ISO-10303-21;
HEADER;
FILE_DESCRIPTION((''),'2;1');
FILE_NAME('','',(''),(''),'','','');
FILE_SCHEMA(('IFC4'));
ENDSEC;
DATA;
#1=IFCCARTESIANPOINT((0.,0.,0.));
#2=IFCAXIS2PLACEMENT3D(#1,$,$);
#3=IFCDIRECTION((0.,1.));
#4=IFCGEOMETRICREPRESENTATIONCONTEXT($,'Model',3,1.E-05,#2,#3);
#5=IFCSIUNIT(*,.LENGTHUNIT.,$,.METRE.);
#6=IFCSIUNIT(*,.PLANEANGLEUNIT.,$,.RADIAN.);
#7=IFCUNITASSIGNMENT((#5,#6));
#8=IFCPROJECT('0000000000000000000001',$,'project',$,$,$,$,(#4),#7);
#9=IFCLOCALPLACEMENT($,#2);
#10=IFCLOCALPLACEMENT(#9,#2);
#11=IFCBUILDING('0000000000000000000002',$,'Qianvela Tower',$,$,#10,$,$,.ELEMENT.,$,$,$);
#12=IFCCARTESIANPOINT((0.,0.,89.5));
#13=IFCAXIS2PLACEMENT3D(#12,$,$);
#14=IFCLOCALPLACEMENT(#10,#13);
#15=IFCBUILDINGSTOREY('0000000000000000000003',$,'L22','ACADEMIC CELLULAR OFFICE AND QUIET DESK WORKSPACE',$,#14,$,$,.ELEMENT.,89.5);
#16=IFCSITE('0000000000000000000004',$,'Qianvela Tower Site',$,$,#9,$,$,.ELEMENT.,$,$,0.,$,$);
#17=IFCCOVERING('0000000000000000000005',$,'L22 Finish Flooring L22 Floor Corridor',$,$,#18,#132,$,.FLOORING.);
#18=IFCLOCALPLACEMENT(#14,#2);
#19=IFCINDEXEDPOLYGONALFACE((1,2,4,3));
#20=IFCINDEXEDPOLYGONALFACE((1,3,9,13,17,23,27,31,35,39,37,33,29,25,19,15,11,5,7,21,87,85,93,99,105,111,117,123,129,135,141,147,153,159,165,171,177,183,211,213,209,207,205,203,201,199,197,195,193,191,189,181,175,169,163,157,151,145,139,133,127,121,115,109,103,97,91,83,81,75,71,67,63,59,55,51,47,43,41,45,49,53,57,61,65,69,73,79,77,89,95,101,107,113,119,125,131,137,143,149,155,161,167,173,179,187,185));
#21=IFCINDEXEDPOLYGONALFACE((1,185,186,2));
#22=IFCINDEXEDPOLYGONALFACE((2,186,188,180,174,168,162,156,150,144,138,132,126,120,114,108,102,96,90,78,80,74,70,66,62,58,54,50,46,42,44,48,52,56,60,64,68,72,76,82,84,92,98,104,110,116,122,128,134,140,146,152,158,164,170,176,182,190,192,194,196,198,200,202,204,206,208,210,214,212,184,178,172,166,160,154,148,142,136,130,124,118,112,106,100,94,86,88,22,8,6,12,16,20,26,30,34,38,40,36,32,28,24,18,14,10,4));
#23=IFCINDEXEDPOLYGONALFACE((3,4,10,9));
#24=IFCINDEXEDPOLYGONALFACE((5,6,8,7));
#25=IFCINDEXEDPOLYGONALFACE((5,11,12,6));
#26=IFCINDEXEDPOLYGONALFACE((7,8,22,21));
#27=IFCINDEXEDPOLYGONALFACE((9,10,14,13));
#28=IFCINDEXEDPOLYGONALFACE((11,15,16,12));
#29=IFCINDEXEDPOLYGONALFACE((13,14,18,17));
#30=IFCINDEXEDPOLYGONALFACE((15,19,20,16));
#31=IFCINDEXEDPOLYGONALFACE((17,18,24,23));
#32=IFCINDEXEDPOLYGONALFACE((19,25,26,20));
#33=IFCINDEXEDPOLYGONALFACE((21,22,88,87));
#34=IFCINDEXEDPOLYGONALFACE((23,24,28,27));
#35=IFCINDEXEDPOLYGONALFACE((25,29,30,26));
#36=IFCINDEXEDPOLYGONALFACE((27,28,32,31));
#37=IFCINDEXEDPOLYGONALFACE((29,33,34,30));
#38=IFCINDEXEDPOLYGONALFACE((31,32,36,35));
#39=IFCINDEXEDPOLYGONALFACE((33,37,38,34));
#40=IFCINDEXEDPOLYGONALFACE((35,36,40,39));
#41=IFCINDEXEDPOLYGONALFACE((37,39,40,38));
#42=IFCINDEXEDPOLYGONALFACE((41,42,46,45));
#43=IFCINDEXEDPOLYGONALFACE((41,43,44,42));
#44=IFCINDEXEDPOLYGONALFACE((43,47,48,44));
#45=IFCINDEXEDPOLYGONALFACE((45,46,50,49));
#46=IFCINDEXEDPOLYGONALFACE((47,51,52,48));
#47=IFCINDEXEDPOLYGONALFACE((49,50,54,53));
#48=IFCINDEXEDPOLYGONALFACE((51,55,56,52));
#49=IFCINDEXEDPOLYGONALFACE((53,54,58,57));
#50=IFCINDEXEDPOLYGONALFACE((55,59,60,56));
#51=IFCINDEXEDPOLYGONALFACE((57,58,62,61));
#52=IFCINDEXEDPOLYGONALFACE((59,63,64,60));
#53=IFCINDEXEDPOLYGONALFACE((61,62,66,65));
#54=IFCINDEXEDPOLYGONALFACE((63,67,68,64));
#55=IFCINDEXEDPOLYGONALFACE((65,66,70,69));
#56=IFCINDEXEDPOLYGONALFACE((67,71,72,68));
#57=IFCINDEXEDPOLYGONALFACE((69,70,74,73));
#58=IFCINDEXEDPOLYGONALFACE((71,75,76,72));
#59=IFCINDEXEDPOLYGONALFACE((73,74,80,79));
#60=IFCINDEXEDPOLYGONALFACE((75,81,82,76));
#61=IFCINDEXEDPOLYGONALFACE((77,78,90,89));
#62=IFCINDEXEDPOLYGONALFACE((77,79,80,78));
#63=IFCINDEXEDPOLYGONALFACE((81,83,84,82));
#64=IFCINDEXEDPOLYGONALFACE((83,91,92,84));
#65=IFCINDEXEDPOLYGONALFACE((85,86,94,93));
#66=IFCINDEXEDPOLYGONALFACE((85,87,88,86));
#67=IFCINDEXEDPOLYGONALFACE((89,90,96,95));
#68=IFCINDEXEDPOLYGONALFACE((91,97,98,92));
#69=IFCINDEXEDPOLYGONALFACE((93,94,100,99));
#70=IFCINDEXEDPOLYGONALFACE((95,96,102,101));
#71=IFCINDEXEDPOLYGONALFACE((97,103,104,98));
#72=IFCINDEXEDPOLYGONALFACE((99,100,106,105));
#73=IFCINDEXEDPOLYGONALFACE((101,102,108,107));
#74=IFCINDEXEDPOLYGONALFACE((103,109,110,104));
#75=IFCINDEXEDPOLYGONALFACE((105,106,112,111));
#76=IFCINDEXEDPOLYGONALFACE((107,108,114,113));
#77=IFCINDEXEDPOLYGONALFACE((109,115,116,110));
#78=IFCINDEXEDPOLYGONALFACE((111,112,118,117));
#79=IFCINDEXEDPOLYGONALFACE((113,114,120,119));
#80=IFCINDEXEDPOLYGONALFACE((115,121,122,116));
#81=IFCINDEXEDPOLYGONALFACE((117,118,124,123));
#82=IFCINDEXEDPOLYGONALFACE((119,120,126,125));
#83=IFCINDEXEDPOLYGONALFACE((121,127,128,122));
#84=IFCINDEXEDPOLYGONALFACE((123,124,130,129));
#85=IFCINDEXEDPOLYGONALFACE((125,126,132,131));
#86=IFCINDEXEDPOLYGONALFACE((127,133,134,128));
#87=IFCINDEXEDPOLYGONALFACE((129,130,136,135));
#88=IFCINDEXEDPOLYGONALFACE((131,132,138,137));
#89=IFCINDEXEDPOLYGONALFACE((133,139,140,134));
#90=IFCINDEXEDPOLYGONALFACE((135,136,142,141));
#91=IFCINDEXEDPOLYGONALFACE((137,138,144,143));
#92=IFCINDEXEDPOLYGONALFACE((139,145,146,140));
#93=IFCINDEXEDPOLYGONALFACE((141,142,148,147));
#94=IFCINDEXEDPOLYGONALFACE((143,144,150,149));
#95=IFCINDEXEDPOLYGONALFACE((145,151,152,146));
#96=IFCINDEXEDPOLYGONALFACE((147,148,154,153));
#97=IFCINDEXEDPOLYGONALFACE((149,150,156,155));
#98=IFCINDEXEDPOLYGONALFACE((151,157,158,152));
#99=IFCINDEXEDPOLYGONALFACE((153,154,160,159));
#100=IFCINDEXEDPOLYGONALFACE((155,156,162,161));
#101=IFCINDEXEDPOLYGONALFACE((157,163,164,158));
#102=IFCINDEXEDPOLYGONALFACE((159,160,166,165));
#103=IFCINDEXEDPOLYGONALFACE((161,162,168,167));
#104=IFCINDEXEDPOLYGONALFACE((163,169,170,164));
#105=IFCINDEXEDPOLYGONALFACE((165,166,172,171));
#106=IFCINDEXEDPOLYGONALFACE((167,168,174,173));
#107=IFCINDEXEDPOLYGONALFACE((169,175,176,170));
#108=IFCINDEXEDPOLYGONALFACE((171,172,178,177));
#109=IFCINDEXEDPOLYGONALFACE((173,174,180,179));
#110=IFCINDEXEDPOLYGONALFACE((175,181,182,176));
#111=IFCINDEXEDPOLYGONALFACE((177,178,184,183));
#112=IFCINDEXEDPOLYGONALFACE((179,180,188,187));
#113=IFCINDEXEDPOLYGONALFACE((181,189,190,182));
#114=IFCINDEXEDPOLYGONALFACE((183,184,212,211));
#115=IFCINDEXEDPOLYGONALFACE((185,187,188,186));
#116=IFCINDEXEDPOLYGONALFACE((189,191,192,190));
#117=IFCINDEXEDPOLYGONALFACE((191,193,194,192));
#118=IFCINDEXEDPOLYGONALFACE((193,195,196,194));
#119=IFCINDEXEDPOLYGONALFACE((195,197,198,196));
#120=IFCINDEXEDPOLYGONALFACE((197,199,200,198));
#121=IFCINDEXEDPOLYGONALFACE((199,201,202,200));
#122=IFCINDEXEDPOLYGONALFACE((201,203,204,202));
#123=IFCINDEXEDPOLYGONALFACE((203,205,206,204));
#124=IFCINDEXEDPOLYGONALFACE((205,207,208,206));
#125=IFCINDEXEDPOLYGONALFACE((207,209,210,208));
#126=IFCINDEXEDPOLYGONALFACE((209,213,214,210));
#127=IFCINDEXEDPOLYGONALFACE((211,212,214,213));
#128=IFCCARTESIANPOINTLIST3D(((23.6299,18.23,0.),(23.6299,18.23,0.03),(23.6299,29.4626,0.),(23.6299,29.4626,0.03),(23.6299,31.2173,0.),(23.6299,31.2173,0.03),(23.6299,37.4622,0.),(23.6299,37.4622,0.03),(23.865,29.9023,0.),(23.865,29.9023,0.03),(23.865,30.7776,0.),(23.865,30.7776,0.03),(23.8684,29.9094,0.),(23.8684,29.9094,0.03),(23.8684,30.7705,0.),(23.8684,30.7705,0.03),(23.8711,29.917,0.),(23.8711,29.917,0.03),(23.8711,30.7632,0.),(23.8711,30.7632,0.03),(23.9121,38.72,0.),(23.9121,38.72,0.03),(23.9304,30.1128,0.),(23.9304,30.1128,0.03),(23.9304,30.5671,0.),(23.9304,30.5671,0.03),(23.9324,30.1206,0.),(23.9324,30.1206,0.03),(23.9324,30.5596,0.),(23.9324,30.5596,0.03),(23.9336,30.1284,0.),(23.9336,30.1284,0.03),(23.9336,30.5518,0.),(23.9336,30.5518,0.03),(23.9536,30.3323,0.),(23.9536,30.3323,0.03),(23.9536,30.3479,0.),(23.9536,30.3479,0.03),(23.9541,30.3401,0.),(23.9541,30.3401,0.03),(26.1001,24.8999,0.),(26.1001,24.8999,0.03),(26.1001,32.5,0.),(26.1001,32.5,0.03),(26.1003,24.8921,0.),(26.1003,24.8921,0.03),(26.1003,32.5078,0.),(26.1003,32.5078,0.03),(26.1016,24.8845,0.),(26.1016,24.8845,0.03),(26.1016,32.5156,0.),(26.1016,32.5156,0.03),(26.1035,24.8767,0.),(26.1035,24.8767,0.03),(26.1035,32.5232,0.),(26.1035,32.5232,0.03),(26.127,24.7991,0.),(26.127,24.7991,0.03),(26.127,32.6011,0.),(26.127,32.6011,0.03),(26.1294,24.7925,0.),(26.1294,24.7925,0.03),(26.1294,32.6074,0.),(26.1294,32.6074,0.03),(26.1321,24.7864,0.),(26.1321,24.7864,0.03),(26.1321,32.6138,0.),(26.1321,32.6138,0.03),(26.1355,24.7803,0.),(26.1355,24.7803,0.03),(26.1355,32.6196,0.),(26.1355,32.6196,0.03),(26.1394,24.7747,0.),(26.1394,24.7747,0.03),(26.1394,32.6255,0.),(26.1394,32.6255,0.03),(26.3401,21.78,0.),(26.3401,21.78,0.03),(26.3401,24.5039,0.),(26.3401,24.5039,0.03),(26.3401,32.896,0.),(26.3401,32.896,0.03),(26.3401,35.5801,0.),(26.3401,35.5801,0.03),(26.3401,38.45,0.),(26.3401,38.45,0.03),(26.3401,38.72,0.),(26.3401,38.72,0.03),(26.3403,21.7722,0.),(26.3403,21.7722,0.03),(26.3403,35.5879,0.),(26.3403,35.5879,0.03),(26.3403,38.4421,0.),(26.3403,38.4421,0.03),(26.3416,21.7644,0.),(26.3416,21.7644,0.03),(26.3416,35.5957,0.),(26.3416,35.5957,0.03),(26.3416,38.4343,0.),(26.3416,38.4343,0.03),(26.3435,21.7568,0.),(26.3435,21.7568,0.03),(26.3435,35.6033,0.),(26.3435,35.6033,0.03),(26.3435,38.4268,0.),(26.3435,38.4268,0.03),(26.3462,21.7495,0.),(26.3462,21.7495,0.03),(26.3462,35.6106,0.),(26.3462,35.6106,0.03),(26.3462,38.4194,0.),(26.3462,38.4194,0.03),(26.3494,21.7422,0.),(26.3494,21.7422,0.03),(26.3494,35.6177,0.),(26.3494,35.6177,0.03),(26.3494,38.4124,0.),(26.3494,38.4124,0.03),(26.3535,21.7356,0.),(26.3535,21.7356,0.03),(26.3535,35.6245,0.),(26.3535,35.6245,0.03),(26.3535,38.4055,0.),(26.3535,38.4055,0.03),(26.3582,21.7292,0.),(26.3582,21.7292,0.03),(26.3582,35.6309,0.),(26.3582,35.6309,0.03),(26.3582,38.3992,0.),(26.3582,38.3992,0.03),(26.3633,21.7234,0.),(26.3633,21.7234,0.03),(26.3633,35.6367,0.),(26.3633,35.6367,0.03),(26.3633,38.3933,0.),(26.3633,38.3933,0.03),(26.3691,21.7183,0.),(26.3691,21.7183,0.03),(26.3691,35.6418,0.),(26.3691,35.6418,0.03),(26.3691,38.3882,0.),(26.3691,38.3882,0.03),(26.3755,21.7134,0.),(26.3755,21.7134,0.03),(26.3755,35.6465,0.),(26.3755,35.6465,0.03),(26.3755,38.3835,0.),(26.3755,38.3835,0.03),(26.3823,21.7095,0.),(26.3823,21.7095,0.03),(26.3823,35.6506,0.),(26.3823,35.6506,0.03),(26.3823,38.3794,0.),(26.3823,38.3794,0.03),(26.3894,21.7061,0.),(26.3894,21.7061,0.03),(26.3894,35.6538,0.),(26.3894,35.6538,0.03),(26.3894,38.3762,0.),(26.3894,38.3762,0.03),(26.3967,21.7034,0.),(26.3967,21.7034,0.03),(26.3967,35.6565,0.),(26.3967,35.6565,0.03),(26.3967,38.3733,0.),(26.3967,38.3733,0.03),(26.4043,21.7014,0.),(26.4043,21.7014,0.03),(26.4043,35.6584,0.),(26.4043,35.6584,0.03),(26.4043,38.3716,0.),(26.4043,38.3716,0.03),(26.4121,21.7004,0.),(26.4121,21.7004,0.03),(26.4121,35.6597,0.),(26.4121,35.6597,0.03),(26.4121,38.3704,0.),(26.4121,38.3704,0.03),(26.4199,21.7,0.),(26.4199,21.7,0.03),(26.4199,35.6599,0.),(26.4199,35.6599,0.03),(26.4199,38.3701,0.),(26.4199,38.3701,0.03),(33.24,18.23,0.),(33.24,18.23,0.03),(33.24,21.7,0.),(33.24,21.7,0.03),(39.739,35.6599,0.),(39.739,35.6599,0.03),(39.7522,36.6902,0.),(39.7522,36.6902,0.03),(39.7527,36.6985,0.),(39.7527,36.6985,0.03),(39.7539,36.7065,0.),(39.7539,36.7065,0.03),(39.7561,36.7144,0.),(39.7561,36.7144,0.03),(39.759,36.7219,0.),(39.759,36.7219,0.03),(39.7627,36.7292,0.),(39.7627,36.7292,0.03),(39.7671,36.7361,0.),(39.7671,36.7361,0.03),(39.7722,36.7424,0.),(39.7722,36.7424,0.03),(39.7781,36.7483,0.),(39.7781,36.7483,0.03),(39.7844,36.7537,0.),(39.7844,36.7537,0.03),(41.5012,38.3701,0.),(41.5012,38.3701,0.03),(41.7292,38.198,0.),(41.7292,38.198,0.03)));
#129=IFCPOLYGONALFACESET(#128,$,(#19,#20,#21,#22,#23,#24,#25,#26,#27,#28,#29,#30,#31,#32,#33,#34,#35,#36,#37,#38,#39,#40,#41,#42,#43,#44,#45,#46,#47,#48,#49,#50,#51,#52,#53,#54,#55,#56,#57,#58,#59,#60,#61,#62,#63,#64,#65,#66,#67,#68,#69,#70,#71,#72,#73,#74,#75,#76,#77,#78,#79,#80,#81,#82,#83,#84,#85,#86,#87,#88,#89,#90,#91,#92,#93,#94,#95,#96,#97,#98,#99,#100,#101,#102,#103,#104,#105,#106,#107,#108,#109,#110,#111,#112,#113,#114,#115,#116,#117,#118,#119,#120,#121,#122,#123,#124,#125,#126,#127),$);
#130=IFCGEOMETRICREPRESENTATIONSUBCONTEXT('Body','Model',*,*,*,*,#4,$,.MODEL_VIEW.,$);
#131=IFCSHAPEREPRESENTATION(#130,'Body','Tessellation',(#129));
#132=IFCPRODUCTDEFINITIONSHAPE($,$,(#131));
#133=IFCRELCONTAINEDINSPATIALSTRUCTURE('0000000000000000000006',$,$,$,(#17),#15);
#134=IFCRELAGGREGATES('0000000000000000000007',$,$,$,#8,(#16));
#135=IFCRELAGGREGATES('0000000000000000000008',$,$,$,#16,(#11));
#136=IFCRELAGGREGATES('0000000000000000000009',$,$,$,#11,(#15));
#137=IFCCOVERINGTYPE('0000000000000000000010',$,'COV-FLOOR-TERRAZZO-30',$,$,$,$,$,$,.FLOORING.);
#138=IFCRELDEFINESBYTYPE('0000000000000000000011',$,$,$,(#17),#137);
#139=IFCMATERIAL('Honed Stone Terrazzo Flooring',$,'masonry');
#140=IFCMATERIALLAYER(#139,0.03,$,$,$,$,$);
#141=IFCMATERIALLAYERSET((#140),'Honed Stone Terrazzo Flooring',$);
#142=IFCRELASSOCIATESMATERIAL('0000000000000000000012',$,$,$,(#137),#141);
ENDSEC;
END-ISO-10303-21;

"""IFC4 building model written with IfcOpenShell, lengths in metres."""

from ifc_helpers import new_model, si_unit, direction, frame, origin, place, context, subcontext, project, spatial, polyline, outline, extrude, material, layer, layer_set, type_object, element, save


model = new_model("IFC4")

# Units and contexts
model_context = context("Model", 3, precision=1e-05, world=origin(), true_north=direction((0.0, 1.0)))
body_context = subcontext(model_context, "Body", "Model", "MODEL_VIEW")
ifc_project = project(units=[si_unit("LENGTHUNIT", "METRE"), si_unit("PLANEANGLEUNIT", "RADIAN")], contexts=[model_context])

# Site, building, storey
site_placement = place(None, origin())
site = spatial("IfcSite", under=ifc_project, at=site_placement, Name="Qianvela Tower Site", CompositionType="ELEMENT", RefElevation=0.0)
building_placement = place(site_placement, origin())
building = spatial("IfcBuilding", under=site, at=building_placement, Name="Qianvela Tower", CompositionType="ELEMENT")
storey_placement = place(building_placement, frame((0.0, 0.0, 89.5)))
storey = spatial("IfcBuildingStorey", under=building, at=storey_placement, Name="L22", Description="ACADEMIC CELLULAR OFFICE AND QUIET DESK WORKSPACE", CompositionType="ELEMENT", Elevation=89.5)

# Covering
ifc_material_1 = material(Name="Honed Stone Terrazzo Flooring", Category="masonry")
ifc_layer_1 = layer(ifc_material_1, 0.03)
ifc_layer_set_1 = layer_set([ifc_layer_1], Name="Honed Stone Terrazzo Flooring")
covering_type_1 = type_object("IfcCoveringType", Name="COV-FLOOR-TERRAZZO-30", PredefinedType="FLOORING", material=ifc_layer_set_1)
covering_1_placement = place(storey_placement, origin())
element("IfcCovering", 1, at=covering_1_placement, inside=storey, type_object=covering_type_1, Name="L22 Finish Flooring L22 Floor Corridor", PredefinedType="FLOORING", context=body_context, shape_type="SweptSolid", body=[
    extrude(outline(polyline([(23.8711, 30.7632), (23.8684, 30.7705), (23.865, 30.7776), (23.6299, 31.2173), (23.6299, 37.4622), (23.9121, 38.72), (26.3401, 38.72), (26.3401, 38.45), (26.3403, 38.4421), (26.3416, 38.4343), (26.3435, 38.4268), (26.3462, 38.4194), (26.3494, 38.4124), (26.3535, 38.4055), (26.3582, 38.3992), (26.3633, 38.3933), (26.3691, 38.3882), (26.3755, 38.3835), (26.3823, 38.3794), (26.3894, 38.3762), (26.3967, 38.3733), (26.4043, 38.3716), (26.4121, 38.3704), (26.4199, 38.3701), (41.5012, 38.3701), (41.7292, 38.198), (39.7844, 36.7537), (39.7781, 36.7483), (39.7722, 36.7424), (39.7671, 36.7361), (39.7627, 36.7292), (39.759, 36.7219), (39.7561, 36.7144), (39.7539, 36.7065), (39.7527, 36.6985), (39.7522, 36.6902), (39.739, 35.6599), (26.4199, 35.6599), (26.4121, 35.6597), (26.4043, 35.6584), (26.3967, 35.6565), (26.3894, 35.6538), (26.3823, 35.6506), (26.3755, 35.6465), (26.3691, 35.6418), (26.3633, 35.6367), (26.3582, 35.6309), (26.3535, 35.6245), (26.3494, 35.6177), (26.3462, 35.6106), (26.3435, 35.6033), (26.3416, 35.5957), (26.3403, 35.5879), (26.3401, 35.5801), (26.3401, 32.896), (26.1394, 32.6255), (26.1355, 32.6196), (26.1321, 32.6138), (26.1294, 32.6074), (26.127, 32.6011), (26.1035, 32.5232), (26.1016, 32.5156), (26.1003, 32.5078), (26.1001, 32.5), (26.1001, 24.8999), (26.1003, 24.8921), (26.1016, 24.8845), (26.1035, 24.8767), (26.127, 24.7991), (26.1294, 24.7925), (26.1321, 24.7864), (26.1355, 24.7803), (26.1394, 24.7747), (26.3401, 24.5039), (26.3401, 21.78), (26.3403, 21.7722), (26.3416, 21.7644), (26.3435, 21.7568), (26.3462, 21.7495), (26.3494, 21.7422), (26.3535, 21.7356), (26.3582, 21.7292), (26.3633, 21.7234), (26.3691, 21.7183), (26.3755, 21.7134), (26.3823, 21.7095), (26.3894, 21.7061), (26.3967, 21.7034), (26.4043, 21.7014), (26.4121, 21.7004), (26.4199, 21.7), (33.24, 21.7), (33.24, 18.23), (23.6299, 18.23), (23.6299, 29.4626), (23.865, 29.9023), (23.8684, 29.9094), (23.8711, 29.917), (23.9304, 30.1128), (23.9324, 30.1206), (23.9336, 30.1284), (23.9536, 30.3323), (23.9541, 30.3401), (23.9536, 30.3479), (23.9336, 30.5518), (23.9324, 30.5596), (23.9304, 30.5671), (23.8711, 30.7632)])), origin(), (0.0, 0.0, 1.0), 0.03),
])

save(model, "model.ifc")
